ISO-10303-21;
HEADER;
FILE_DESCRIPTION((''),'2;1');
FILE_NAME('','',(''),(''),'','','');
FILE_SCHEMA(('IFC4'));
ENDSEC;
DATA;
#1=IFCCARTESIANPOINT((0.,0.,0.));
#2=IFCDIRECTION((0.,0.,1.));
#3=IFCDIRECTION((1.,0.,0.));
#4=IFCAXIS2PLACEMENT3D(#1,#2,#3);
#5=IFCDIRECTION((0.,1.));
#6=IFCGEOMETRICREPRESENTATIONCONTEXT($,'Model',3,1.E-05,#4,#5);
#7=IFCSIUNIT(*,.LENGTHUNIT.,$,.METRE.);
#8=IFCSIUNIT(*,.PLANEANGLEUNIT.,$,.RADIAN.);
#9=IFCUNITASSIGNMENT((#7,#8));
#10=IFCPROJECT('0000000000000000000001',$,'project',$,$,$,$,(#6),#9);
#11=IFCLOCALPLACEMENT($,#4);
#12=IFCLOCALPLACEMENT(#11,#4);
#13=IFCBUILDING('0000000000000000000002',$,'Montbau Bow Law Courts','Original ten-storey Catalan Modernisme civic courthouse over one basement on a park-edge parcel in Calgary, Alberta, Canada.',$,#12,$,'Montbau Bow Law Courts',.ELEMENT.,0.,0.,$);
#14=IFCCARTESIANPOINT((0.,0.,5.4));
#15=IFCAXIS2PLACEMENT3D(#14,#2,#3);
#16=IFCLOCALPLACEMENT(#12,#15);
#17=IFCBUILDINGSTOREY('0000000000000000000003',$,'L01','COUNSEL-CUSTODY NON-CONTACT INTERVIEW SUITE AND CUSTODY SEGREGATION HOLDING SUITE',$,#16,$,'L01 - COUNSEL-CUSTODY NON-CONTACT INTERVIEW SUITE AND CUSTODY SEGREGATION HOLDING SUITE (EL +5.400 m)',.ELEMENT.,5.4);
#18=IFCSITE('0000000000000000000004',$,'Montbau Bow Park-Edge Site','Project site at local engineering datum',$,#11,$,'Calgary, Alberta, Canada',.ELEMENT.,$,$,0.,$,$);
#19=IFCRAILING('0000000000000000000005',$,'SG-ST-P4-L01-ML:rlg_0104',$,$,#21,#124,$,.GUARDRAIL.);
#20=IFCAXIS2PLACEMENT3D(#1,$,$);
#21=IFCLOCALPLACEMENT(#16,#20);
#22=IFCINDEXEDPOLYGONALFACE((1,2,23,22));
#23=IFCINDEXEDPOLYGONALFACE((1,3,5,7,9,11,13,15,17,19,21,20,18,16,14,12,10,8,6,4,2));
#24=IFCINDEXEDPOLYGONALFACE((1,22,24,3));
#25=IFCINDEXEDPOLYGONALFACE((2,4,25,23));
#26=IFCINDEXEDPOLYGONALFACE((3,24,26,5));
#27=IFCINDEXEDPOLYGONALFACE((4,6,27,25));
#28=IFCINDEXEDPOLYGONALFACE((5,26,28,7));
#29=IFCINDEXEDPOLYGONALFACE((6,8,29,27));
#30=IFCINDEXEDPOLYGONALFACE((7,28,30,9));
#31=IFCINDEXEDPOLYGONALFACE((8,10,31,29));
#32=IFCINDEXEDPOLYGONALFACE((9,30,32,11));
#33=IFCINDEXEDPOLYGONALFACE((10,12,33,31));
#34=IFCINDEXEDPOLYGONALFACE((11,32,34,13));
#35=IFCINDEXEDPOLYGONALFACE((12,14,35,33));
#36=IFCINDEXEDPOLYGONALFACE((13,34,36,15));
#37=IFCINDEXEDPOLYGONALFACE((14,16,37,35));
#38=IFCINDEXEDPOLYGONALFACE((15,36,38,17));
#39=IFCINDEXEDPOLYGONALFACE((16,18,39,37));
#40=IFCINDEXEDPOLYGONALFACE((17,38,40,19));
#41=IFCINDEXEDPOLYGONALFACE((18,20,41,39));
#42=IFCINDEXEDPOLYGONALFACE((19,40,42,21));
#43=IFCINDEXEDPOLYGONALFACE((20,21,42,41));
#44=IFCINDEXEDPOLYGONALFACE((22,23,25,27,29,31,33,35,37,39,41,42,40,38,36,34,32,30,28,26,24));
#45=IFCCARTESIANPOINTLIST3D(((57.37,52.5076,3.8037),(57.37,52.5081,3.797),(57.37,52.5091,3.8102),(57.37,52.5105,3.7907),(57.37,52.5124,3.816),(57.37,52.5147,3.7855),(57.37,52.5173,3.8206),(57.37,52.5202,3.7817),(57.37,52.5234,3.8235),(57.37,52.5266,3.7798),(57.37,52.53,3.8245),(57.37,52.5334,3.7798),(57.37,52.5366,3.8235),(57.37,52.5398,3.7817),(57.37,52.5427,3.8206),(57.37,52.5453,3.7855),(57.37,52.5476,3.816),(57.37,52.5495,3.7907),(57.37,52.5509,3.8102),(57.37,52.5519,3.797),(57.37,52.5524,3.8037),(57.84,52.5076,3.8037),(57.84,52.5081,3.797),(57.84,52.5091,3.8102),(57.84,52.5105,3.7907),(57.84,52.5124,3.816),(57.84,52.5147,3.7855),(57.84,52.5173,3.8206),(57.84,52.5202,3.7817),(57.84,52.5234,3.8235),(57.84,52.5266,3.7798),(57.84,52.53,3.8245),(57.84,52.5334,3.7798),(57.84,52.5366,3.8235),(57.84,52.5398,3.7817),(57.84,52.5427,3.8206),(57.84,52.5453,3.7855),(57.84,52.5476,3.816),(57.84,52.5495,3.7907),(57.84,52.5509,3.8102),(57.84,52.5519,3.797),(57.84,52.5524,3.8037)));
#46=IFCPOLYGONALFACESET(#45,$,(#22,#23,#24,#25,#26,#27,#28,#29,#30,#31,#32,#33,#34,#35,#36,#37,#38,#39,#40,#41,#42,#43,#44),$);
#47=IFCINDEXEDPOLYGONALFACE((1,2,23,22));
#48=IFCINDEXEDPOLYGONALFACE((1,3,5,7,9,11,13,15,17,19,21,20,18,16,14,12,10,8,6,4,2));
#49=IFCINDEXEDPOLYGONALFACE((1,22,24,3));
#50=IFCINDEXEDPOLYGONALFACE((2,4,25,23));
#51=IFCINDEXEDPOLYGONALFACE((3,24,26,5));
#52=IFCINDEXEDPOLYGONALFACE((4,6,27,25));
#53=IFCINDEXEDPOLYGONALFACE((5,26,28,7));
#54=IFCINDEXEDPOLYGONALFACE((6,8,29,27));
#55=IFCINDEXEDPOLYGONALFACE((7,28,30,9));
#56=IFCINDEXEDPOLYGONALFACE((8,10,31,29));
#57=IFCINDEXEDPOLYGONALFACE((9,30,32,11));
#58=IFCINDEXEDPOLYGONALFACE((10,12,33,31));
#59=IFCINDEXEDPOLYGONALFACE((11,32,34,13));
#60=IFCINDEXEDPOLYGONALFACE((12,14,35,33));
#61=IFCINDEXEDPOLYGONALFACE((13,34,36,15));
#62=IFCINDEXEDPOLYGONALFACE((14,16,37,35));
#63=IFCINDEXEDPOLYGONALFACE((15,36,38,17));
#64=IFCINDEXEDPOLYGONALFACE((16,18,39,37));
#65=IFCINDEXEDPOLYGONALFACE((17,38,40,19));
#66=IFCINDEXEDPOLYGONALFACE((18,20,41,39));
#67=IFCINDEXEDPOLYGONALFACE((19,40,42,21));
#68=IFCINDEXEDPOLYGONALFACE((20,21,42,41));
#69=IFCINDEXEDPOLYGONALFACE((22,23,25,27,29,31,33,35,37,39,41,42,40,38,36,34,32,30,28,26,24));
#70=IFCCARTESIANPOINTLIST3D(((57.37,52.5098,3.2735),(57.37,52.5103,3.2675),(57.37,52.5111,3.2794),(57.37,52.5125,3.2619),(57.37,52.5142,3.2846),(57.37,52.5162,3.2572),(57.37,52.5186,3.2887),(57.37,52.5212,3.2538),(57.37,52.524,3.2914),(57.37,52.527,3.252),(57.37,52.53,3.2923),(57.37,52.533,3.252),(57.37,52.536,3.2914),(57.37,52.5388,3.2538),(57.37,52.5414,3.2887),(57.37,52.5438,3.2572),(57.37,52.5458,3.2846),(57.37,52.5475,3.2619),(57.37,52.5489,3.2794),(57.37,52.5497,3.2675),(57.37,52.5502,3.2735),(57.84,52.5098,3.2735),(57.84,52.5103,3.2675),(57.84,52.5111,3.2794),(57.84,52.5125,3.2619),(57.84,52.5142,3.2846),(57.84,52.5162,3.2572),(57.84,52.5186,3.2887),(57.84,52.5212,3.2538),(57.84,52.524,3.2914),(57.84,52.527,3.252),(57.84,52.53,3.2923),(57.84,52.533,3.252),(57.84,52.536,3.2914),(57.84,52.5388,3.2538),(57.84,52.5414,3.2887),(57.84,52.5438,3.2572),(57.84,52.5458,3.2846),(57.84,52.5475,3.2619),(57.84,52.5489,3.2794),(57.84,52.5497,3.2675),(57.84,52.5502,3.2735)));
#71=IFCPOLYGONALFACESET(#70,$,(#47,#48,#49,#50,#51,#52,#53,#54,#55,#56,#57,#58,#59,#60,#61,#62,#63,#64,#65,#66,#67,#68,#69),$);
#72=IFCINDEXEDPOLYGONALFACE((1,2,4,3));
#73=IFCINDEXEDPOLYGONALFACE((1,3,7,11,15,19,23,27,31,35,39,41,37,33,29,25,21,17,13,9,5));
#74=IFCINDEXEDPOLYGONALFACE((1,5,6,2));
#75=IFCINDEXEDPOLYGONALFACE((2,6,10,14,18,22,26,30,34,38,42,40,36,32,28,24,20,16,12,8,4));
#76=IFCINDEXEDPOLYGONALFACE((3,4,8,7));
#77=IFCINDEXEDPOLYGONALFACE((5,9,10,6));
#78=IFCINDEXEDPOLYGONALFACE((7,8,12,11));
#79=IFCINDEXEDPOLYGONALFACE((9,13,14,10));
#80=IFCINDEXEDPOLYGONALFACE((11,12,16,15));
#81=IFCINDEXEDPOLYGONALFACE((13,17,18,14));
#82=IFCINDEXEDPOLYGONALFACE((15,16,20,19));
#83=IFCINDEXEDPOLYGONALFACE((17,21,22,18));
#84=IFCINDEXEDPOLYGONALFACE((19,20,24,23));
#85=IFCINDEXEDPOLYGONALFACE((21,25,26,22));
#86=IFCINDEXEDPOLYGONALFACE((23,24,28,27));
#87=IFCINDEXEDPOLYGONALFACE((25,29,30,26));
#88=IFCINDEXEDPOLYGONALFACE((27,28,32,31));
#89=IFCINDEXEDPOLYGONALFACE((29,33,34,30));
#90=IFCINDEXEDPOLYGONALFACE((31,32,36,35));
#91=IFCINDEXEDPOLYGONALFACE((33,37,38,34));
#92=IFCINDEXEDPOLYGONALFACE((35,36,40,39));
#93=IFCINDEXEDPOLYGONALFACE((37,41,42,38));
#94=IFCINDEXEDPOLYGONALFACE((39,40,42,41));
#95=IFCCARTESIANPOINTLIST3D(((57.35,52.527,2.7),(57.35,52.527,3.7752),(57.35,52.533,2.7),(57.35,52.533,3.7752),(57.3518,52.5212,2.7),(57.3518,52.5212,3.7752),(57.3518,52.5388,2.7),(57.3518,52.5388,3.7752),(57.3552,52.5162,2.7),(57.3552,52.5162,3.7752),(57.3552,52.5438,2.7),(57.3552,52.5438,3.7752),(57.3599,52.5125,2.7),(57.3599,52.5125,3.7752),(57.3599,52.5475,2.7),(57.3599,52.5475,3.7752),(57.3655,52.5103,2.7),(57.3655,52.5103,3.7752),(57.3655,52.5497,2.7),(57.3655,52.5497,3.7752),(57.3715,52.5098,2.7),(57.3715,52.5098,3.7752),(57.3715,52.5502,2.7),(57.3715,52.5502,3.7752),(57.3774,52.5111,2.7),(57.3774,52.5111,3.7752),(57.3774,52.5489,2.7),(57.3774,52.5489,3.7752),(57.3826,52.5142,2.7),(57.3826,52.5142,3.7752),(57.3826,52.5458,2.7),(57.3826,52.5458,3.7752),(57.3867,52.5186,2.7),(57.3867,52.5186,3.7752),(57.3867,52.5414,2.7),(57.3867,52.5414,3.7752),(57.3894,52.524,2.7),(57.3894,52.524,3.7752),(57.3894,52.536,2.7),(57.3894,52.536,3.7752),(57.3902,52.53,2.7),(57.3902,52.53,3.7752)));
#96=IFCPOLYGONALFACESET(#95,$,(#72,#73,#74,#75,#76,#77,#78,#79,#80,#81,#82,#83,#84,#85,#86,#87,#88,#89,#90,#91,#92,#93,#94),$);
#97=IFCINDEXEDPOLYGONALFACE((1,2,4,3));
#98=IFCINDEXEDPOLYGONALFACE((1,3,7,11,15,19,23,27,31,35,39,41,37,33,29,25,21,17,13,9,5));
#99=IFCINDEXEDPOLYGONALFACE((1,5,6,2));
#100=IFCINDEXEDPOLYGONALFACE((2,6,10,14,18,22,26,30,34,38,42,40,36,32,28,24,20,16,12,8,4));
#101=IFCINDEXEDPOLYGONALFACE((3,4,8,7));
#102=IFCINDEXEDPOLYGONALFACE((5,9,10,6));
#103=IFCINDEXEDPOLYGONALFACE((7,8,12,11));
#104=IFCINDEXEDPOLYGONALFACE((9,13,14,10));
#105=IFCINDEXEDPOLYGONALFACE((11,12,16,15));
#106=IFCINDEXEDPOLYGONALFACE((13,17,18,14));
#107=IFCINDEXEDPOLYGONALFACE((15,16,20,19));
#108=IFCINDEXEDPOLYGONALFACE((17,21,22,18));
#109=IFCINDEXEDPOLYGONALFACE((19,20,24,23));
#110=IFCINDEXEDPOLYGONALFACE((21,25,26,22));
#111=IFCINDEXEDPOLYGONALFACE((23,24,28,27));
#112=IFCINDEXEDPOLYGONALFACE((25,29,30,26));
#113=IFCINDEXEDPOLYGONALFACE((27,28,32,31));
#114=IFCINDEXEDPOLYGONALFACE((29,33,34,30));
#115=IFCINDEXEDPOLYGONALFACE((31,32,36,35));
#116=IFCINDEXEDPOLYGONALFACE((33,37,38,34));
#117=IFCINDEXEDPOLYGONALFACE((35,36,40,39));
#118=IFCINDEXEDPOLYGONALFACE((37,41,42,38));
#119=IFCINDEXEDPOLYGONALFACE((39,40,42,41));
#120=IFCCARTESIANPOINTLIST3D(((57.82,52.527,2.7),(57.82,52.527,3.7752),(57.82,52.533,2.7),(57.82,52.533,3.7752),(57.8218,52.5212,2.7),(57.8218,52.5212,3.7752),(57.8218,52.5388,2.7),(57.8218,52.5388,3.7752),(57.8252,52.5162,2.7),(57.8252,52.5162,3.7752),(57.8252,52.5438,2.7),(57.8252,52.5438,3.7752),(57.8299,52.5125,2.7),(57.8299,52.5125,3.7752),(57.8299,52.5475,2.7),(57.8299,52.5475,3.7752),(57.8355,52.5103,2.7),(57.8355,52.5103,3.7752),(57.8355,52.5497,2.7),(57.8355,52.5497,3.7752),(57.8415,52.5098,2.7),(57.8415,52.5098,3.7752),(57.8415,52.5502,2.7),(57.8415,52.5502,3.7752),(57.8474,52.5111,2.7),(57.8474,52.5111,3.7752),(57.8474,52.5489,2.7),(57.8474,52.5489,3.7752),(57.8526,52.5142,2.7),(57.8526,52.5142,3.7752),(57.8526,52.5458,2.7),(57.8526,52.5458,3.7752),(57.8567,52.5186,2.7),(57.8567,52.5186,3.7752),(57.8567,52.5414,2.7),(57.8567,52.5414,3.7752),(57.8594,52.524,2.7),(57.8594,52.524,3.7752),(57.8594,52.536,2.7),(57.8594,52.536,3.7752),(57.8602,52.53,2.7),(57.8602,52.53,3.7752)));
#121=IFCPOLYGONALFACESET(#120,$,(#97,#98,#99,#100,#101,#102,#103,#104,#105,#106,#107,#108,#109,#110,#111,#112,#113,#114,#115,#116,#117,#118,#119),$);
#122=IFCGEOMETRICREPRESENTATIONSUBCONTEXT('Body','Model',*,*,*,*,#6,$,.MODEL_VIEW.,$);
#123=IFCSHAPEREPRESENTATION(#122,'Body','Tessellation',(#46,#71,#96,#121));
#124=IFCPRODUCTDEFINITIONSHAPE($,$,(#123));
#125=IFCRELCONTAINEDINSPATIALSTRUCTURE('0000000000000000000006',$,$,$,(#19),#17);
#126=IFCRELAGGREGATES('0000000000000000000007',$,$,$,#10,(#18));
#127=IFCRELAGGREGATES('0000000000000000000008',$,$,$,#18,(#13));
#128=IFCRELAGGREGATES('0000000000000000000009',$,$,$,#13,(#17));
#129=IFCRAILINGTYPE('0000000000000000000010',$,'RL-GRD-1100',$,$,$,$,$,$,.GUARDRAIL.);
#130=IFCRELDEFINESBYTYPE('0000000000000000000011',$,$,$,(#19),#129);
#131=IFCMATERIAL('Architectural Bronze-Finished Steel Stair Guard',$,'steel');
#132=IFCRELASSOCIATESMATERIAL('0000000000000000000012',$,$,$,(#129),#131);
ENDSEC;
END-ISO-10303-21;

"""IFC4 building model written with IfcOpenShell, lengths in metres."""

from ifc_helpers import new_model, si_unit, direction, frame, origin_with_axes, origin_2d_with_axis, place, context, subcontext, project, spatial, circle, extrude, material, type_object, element, save


model = new_model("IFC4")

# Units and contexts
model_context = context("Model", 3, precision=1e-05, world=origin_with_axes(), true_north=direction((0.0, 1.0)))
body_context = subcontext(model_context, "Body", "Model", "MODEL_VIEW")
ifc_project = project(units=[si_unit("LENGTHUNIT", "METRE"), si_unit("PLANEANGLEUNIT", "RADIAN")], contexts=[model_context])

# Site, building, storey
site_placement = place(None, origin_with_axes())
site = spatial("IfcSite", under=ifc_project, at=site_placement, Name="Montbau Bow Park-Edge Site", Description="Project site at local engineering datum", LongName="Calgary, Alberta, Canada", CompositionType="ELEMENT", RefElevation=0.0)
building_placement = place(site_placement, origin_with_axes())
building = spatial("IfcBuilding", under=site, at=building_placement, Name="Montbau Bow Law Courts", Description="Original ten-storey Catalan Modernisme civic courthouse over one basement on a park-edge parcel in Calgary, Alberta, Canada.", LongName="Montbau Bow Law Courts", CompositionType="ELEMENT", ElevationOfRefHeight=0.0, ElevationOfTerrain=0.0)
storey_placement = place(building_placement, frame((0.0, 0.0, 5.4), z_axis=(0.0, 0.0, 1.0), x_axis=(1.0, 0.0, 0.0)))
storey = spatial("IfcBuildingStorey", under=building, at=storey_placement, Name="L01", Description="COUNSEL-CUSTODY NON-CONTACT INTERVIEW SUITE AND CUSTODY SEGREGATION HOLDING SUITE", LongName="L01 - COUNSEL-CUSTODY NON-CONTACT INTERVIEW SUITE AND CUSTODY SEGREGATION HOLDING SUITE (EL +5.400 m)", CompositionType="ELEMENT", Elevation=5.4)

# Railing
ifc_material_1 = material(Name="Architectural Bronze-Finished Steel Stair Guard", Category="steel")
railing_type_1 = type_object("IfcRailingType", Name="RL-GRD-1100", PredefinedType="GUARDRAIL", material=ifc_material_1)
railing_1_placement = place(None, origin_with_axes())
element("IfcRailing", 1, at=railing_1_placement, inside=storey, type_object=railing_type_1, Name="SG-ST-P4-L01-ML:rlg_0104", PredefinedType="GUARDRAIL", context=body_context, shape_type="SweptSolid", body=[
    extrude(circle(Radius=0.0225, at=origin_2d_with_axis()), frame((57.37, 52.53, 9.202), z_axis=(1.0, 0.0, 0.0), x_axis=(0.0, 0.0, 1.0)), (0.0, 0.0, 1.0), 0.47),
    extrude(circle(Radius=0.0203, at=origin_2d_with_axis()), frame((57.37, 52.53, 8.672), z_axis=(1.0, 0.0, 0.0), x_axis=(0.0, 0.0, 1.0)), (0.0, 0.0, 1.0), 0.47),
    extrude(circle(Radius=0.0203, at=origin_2d_with_axis()), frame((57.37, 52.53, 8.1), z_axis=(0.0, 0.0, 1.0), x_axis=(1.0, 0.0, 0.0)), (0.0, 0.0, 1.0), 1.0753),
    extrude(circle(Radius=0.0203, at=origin_2d_with_axis()), frame((57.84, 52.53, 8.1), z_axis=(0.0, 0.0, 1.0), x_axis=(1.0, 0.0, 0.0)), (0.0, 0.0, 1.0), 1.0753),
])

save(model, "model.ifc")
